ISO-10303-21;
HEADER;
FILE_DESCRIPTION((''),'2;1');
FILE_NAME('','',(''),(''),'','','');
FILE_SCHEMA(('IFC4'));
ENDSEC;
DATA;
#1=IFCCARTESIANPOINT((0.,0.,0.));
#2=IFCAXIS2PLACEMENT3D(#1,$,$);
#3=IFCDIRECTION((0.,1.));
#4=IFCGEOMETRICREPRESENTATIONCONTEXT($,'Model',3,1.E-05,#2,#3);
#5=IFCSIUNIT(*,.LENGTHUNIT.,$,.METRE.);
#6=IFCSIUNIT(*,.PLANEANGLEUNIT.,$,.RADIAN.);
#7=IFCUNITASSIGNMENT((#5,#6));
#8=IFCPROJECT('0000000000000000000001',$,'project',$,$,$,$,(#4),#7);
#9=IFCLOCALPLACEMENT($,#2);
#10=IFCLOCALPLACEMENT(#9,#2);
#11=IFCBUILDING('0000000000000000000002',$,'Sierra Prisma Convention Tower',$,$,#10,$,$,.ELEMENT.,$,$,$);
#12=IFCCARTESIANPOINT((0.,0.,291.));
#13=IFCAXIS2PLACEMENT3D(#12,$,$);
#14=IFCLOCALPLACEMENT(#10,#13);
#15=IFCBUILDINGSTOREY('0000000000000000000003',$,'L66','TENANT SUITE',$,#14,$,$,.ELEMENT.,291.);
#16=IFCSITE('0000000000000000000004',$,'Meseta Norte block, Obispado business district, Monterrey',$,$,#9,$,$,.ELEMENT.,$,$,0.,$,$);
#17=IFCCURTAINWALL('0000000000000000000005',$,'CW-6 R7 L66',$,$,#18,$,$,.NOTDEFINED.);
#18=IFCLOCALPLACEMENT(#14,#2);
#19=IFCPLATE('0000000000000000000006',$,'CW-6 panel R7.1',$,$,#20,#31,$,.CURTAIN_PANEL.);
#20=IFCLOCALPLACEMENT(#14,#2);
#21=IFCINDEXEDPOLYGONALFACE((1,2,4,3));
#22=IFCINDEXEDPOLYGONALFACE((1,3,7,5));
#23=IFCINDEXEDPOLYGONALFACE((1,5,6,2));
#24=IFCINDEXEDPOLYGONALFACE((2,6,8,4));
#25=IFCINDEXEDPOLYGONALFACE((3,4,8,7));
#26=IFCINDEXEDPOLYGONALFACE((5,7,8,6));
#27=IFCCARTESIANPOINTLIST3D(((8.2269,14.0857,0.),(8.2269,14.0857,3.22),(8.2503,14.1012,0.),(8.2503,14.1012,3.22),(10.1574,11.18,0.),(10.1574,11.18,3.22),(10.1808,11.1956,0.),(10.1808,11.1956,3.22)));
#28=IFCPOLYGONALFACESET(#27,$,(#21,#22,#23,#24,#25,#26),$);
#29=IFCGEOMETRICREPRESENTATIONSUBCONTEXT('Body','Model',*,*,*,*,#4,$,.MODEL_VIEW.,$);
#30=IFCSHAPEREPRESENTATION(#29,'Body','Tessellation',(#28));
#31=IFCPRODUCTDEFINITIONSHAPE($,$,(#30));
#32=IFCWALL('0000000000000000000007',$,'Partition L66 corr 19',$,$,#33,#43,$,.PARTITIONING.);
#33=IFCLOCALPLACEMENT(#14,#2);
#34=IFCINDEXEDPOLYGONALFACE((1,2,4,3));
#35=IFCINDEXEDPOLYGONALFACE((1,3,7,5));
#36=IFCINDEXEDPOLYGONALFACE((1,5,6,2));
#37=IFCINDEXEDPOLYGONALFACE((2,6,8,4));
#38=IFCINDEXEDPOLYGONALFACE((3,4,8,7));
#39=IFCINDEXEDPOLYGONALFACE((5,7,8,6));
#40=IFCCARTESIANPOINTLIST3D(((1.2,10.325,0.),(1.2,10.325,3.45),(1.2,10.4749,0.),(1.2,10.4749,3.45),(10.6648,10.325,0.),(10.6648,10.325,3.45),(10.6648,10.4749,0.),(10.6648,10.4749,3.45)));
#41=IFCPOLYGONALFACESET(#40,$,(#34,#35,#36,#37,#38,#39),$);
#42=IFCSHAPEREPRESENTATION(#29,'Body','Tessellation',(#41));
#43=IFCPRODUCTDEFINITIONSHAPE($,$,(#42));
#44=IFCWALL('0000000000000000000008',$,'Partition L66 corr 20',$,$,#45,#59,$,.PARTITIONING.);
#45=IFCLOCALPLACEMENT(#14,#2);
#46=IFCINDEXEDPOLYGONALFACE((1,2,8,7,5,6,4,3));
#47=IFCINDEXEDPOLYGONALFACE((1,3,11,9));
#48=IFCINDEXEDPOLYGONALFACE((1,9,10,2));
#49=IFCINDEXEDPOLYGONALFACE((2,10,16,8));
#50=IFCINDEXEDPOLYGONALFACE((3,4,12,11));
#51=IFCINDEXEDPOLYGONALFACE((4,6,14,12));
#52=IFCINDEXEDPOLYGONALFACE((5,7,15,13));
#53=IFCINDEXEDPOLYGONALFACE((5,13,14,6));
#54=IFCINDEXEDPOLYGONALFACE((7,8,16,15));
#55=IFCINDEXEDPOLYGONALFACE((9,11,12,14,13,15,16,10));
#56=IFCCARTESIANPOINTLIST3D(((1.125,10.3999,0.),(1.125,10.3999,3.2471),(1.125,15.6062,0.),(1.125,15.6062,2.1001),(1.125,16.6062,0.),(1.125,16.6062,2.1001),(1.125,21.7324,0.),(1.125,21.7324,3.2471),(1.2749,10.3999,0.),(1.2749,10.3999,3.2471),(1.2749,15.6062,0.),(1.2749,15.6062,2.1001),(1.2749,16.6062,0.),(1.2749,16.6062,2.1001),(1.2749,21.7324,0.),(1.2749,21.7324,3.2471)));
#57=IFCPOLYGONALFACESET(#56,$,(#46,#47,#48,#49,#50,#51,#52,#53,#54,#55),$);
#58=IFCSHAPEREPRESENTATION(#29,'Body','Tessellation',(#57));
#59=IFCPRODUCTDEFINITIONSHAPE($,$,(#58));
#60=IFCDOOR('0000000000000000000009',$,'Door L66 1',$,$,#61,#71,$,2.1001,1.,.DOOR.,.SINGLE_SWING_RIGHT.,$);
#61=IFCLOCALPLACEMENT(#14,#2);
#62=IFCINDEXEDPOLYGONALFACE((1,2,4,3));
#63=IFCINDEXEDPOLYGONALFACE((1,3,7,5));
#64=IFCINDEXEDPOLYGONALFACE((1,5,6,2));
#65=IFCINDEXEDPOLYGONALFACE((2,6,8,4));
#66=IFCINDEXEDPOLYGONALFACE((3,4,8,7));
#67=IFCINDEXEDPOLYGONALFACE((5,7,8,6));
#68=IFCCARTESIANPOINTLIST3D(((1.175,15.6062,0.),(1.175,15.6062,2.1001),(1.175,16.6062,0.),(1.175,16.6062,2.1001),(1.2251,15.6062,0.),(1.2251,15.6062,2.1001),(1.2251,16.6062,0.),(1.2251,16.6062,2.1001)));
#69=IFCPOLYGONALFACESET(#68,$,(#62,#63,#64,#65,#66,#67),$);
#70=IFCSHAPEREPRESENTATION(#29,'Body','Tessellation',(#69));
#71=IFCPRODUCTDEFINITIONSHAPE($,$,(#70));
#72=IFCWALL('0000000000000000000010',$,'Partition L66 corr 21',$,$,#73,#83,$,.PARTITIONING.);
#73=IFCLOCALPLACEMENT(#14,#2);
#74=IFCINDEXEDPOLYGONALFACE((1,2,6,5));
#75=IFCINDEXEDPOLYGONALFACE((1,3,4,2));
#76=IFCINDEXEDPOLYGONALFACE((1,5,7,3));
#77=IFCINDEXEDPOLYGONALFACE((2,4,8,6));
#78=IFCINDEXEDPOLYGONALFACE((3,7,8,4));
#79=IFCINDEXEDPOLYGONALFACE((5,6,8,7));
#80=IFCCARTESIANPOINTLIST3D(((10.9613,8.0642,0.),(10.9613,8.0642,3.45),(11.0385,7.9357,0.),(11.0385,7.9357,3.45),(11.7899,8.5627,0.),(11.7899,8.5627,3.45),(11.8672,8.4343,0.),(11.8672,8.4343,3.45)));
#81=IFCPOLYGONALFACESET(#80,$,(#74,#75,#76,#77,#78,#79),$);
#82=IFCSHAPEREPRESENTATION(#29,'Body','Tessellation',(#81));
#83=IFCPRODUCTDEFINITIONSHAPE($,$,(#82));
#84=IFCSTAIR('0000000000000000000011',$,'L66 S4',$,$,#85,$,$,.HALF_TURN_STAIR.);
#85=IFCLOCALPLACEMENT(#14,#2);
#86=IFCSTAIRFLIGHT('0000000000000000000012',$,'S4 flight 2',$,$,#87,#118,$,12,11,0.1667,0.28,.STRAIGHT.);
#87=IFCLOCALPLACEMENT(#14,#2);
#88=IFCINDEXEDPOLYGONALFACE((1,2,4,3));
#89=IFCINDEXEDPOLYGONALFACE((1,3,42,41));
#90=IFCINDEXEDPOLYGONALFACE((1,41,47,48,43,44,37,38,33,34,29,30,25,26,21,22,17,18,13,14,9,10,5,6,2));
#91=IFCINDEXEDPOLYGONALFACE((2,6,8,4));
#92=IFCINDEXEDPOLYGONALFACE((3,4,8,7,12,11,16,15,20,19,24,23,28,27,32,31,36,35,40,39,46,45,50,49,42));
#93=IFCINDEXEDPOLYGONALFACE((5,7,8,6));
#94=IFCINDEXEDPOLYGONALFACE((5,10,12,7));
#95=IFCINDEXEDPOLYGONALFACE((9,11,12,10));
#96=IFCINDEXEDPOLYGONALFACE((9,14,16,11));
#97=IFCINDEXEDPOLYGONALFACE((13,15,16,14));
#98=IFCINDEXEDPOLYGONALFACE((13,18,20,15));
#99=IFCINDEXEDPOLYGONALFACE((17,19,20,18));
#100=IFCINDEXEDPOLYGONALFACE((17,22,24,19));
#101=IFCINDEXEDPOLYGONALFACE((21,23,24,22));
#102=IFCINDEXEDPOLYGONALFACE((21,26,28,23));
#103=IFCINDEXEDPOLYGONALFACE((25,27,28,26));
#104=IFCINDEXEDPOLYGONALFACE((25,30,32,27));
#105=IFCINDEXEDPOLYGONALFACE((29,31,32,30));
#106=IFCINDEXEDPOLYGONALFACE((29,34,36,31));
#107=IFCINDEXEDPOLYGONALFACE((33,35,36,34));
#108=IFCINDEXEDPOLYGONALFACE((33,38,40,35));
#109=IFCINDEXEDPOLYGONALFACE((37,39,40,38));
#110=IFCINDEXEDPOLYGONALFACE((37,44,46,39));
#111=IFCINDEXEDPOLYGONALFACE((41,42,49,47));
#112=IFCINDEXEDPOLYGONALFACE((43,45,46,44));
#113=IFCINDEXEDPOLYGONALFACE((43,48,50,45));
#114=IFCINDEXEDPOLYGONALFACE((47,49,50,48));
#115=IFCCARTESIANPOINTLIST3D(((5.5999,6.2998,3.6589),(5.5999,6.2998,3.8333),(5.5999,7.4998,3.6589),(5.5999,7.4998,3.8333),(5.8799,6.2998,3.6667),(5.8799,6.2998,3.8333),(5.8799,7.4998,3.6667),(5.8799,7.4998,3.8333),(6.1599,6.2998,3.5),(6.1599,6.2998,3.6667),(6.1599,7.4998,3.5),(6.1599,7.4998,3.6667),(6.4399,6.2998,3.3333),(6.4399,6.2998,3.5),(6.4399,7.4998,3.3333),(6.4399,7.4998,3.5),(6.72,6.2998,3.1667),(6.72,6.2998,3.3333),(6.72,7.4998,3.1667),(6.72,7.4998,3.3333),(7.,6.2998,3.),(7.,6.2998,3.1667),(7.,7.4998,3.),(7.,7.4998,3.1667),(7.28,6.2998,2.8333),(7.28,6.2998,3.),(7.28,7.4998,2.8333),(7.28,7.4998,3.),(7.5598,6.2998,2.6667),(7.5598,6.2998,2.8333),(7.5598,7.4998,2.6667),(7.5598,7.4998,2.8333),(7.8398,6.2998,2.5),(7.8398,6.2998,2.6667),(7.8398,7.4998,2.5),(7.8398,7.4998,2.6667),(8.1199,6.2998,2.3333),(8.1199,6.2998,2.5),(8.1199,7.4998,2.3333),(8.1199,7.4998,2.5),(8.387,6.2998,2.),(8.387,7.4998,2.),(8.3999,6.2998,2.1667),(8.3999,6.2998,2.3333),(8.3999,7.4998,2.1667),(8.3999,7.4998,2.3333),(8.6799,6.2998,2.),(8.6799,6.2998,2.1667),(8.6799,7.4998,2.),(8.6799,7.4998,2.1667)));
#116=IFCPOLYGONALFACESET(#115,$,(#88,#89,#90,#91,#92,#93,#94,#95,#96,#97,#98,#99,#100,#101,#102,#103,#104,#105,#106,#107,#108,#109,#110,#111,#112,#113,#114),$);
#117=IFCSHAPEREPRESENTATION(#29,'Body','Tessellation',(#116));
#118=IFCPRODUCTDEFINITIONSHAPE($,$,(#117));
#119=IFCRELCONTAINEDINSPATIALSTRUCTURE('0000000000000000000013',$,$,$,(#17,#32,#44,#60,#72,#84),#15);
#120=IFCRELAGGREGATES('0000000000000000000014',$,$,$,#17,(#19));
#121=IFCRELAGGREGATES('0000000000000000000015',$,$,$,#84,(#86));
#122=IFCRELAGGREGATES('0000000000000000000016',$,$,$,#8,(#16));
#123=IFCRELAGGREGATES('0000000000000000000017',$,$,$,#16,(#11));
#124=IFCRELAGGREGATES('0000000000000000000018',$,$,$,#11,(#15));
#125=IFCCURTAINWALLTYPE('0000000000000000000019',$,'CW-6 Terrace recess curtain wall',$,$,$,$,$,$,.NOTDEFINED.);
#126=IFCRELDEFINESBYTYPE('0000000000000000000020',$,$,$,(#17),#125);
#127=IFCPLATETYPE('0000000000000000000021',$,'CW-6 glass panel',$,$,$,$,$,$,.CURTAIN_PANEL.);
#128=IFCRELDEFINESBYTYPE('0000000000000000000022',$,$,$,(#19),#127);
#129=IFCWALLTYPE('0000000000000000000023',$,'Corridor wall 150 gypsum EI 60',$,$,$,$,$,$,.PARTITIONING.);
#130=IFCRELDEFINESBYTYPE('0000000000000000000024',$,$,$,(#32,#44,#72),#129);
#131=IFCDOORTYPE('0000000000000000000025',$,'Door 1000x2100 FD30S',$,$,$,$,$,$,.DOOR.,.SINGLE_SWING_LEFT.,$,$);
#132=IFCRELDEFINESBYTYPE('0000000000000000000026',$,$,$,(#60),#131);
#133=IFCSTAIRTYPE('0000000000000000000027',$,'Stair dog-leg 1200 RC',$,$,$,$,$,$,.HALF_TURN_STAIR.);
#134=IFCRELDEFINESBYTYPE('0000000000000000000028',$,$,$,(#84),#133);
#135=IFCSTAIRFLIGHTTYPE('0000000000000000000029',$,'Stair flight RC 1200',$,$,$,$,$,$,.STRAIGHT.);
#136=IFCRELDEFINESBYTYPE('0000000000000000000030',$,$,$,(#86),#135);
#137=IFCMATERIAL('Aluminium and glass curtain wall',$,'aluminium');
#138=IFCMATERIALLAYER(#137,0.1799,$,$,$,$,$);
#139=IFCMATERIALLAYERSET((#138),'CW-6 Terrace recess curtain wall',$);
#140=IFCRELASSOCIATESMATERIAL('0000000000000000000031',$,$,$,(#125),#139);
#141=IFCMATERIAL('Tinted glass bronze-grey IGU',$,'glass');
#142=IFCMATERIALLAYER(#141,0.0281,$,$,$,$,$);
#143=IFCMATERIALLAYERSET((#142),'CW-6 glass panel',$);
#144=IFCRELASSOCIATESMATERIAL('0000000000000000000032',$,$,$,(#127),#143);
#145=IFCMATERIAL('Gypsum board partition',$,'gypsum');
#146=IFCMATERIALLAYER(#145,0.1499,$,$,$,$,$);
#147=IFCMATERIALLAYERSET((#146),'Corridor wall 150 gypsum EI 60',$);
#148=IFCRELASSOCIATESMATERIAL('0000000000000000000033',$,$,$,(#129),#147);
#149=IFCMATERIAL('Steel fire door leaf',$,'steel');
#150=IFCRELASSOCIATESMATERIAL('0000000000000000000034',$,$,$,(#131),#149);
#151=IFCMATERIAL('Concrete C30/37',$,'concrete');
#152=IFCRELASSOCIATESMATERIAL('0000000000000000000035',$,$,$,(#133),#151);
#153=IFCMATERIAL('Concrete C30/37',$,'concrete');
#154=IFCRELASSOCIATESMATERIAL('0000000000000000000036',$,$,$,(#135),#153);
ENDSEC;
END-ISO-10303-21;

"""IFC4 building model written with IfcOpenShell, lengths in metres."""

from ifc_helpers import new_model, si_unit, direction, frame, frame_2d, origin, origin_2d, place, context, subcontext, project, spatial, polyline, rectangle, outline, extrude, material, layer, layer_set, type_object, element, fill, aggregate, save


model = new_model("IFC4")

# Units and contexts
model_context = context("Model", 3, precision=1e-05, world=origin(), true_north=direction((0.0, 1.0)))
body_context = subcontext(model_context, "Body", "Model", "MODEL_VIEW")
ifc_project = project(units=[si_unit("LENGTHUNIT", "METRE"), si_unit("PLANEANGLEUNIT", "RADIAN")], contexts=[model_context])

# Site, building, storey
site_placement = place(None, origin())
site = spatial("IfcSite", under=ifc_project, at=site_placement, Name="Meseta Norte block, Obispado business district, Monterrey", CompositionType="ELEMENT", RefElevation=0.0)
building_placement = place(site_placement, origin())
building = spatial("IfcBuilding", under=site, at=building_placement, Name="Sierra Prisma Convention Tower", CompositionType="ELEMENT")
storey_placement = place(building_placement, frame((0.0, 0.0, 291.0)))
storey = spatial("IfcBuildingStorey", under=building, at=storey_placement, Name="L66", Description="TENANT SUITE", CompositionType="ELEMENT", Elevation=291.0)

# Curtain wall
ifc_material_1 = material(Name="Aluminium and glass curtain wall", Category="aluminium")
ifc_layer_1 = layer(ifc_material_1, 0.1799)
ifc_layer_set_1 = layer_set([ifc_layer_1], Name="CW-6 Terrace recess curtain wall")
curtain_wall_type = type_object("IfcCurtainWallType", Name="CW-6 Terrace recess curtain wall", PredefinedType="NOTDEFINED", material=ifc_layer_set_1)
curtain_wall_1_placement = place(storey_placement, origin())
curtain_wall_1 = element("IfcCurtainWall", 1, at=curtain_wall_1_placement, inside=storey, type_object=curtain_wall_type, Name="CW-6 R7 L66", PredefinedType="NOTDEFINED")

# Shared definitions
ifc_material_2 = material(Name="Tinted glass bronze-grey IGU", Category="glass")
ifc_layer_2 = layer(ifc_material_2, 0.0281)
ifc_layer_set_2 = layer_set([ifc_layer_2], Name="CW-6 glass panel")
plate_type = type_object("IfcPlateType", Name="CW-6 glass panel", PredefinedType="CURTAIN_PANEL", material=ifc_layer_set_2)

# Plate
plate_1_placement = place(storey_placement, frame((9.2039, 12.6406, 0.0), z_axis=(0.0, 0.0, 1.0), x_axis=(-0.553401, 0.832915, 0.0)))
plate_1 = element("IfcPlate", 2, at=plate_1_placement, type_object=plate_type, Name="CW-6 panel R7.1", PredefinedType="CURTAIN_PANEL", context=body_context, shape_type="SweptSolid", body=[
    extrude(rectangle(XDim=3.4885, YDim=0.0281, at=origin_2d()), origin(), (0.0, 0.0, 1.0), 3.22),
])
aggregate(curtain_wall_1, [plate_1])

# Wall
ifc_material_3 = material(Name="Gypsum board partition", Category="gypsum")
ifc_layer_3 = layer(ifc_material_3, 0.1499)
ifc_layer_set_3 = layer_set([ifc_layer_3], Name="Corridor wall 150 gypsum EI 60")
wall_type_1 = type_object("IfcWallType", Name="Corridor wall 150 gypsum EI 60", PredefinedType="PARTITIONING", material=ifc_layer_set_3)
wall_1_placement = place(storey_placement, frame((10.6648, 10.3999, 0.0), z_axis=(0.0, 0.0, 1.0), x_axis=(-1.0, 0.0, 0.0)))
element("IfcWall", 3, at=wall_1_placement, inside=storey, type_object=wall_type_1, Name="Partition L66 corr 19", PredefinedType="PARTITIONING", context=body_context, shape_type="SweptSolid", body=[
    extrude(rectangle(XDim=9.4648, YDim=0.1499, at=frame_2d((4.7324, 0.0))), origin(), (0.0, 0.0, 1.0), 3.45),
])

# Wall, opening, door
wall_2_placement = place(storey_placement, frame((1.2, 10.3999, 0.0), z_axis=(0.0, 0.0, 1.0), x_axis=(0.0, 1.0, 0.0)))
wall_2 = element("IfcWall", 4, at=wall_2_placement, inside=storey, type_object=wall_type_1, Name="Partition L66 corr 20", PredefinedType="PARTITIONING", context=body_context, shape_type="SweptSolid", body=[
    extrude(rectangle(XDim=11.3325, YDim=0.1499, at=frame_2d((5.6663, 0.0))), origin(), (0.0, 0.0, 1.0), 3.2471),
])
opening_1_placement = place(wall_2_placement, frame((5.2063, 0.0, 0.0)))
opening_1 = element("IfcOpeningElement", 5, at=opening_1_placement, cuts=wall_2, PredefinedType="OPENING", context=body_context, shape_type="SweptSolid", body=[
    extrude(rectangle(XDim=1.0, YDim=2.1001, at=frame_2d((0.5, 1.05))), frame((0.0, 0.075, 0.0), z_axis=(0.0, -1.0, 0.0), x_axis=(1.0, 0.0, 0.0)), (0.0, 0.0, 1.0), 0.1499),
])
ifc_material_4 = material(Name="Steel fire door leaf", Category="steel")
door_type_1 = type_object("IfcDoorType", Name="Door 1000x2100 FD30S", OperationType="SINGLE_SWING_LEFT", PredefinedType="DOOR", material=ifc_material_4)
door_1_placement = place(opening_1_placement, origin())
door_1 = element("IfcDoor", 6, at=door_1_placement, inside=storey, type_object=door_type_1, Name="Door L66 1", OperationType="SINGLE_SWING_RIGHT", OverallHeight=2.1001, OverallWidth=1.0, PredefinedType="DOOR", context=body_context, shape_type="SweptSolid", body=[
    extrude(rectangle(XDim=1.0, YDim=2.1001, at=frame_2d((0.5, 1.05))), frame((0.0, 0.0249, 0.0), z_axis=(0.0, -1.0, 0.0), x_axis=(1.0, 0.0, 0.0)), (0.0, 0.0, 1.0), 0.05),
])
fill(opening_1, door_1)

# Wall
wall_3_placement = place(storey_placement, frame((11.0, 8.0, 0.0), z_axis=(0.0, 0.0, 1.0), x_axis=(0.856869, 0.515535, 0.0)))
element("IfcWall", 7, at=wall_3_placement, inside=storey, type_object=wall_type_1, Name="Partition L66 corr 21", PredefinedType="PARTITIONING", context=body_context, shape_type="SweptSolid", body=[
    extrude(rectangle(XDim=0.967, YDim=0.1499, at=frame_2d((0.4834, 0.0))), origin(), (0.0, 0.0, 1.0), 3.45),
])

# Stair, stair flight
ifc_material_5 = material(Name="Concrete C30/37", Category="concrete")
stair_type = type_object("IfcStairType", Name="Stair dog-leg 1200 RC", PredefinedType="HALF_TURN_STAIR", material=ifc_material_5)
stair_placement = place(storey_placement, origin())
stair = element("IfcStair", 8, at=stair_placement, inside=storey, type_object=stair_type, Name="L66 S4", PredefinedType="HALF_TURN_STAIR")
ifc_material_6 = material(Name="Concrete C30/37", Category="concrete")
stair_flight_type = type_object("IfcStairFlightType", Name="Stair flight RC 1200", PredefinedType="STRAIGHT", material=ifc_material_6)
stair_flight_placement = place(storey_placement, frame((8.6799, 6.8999, 2.0), z_axis=(0.0, 0.0, 1.0), x_axis=(-1.0, 0.0, 0.0)))
stair_flight = element("IfcStairFlight", 9, at=stair_flight_placement, type_object=stair_flight_type, Name="S4 flight 2", NumberOfRisers=12, NumberOfTreads=11, PredefinedType="STRAIGHT", RiserHeight=0.1667, TreadLength=0.28, context=body_context, shape_type="SweptSolid", body=[
    extrude(outline(polyline([(0.0, 0.0), (0.0, 0.1667), (0.28, 0.1667), (0.28, 0.3333), (0.5601, 0.3333), (0.5601, 0.5), (0.8401, 0.5), (0.8401, 0.6667), (1.1201, 0.6667), (1.1201, 0.8333), (1.3999, 0.8333), (1.3999, 1.0), (1.6799, 1.0), (1.6799, 1.1667), (1.96, 1.1667), (1.96, 1.3333), (2.24, 1.3333), (2.24, 1.5), (2.52, 1.5), (2.52, 1.6667), (2.8, 1.6667), (2.8, 1.8333), (3.0801, 1.8333), (3.0801, 2.0), (3.0801, 1.6589), (0.293, 0.0), (0.0, 0.0)])), frame((0.0, 0.6001, 0.0), z_axis=(0.0, -1.0, 0.0), x_axis=(1.0, 0.0, 0.0)), (0.0, 0.0, 1.0), 1.2),
])
aggregate(stair, [stair_flight])

save(model, "model.ifc")
